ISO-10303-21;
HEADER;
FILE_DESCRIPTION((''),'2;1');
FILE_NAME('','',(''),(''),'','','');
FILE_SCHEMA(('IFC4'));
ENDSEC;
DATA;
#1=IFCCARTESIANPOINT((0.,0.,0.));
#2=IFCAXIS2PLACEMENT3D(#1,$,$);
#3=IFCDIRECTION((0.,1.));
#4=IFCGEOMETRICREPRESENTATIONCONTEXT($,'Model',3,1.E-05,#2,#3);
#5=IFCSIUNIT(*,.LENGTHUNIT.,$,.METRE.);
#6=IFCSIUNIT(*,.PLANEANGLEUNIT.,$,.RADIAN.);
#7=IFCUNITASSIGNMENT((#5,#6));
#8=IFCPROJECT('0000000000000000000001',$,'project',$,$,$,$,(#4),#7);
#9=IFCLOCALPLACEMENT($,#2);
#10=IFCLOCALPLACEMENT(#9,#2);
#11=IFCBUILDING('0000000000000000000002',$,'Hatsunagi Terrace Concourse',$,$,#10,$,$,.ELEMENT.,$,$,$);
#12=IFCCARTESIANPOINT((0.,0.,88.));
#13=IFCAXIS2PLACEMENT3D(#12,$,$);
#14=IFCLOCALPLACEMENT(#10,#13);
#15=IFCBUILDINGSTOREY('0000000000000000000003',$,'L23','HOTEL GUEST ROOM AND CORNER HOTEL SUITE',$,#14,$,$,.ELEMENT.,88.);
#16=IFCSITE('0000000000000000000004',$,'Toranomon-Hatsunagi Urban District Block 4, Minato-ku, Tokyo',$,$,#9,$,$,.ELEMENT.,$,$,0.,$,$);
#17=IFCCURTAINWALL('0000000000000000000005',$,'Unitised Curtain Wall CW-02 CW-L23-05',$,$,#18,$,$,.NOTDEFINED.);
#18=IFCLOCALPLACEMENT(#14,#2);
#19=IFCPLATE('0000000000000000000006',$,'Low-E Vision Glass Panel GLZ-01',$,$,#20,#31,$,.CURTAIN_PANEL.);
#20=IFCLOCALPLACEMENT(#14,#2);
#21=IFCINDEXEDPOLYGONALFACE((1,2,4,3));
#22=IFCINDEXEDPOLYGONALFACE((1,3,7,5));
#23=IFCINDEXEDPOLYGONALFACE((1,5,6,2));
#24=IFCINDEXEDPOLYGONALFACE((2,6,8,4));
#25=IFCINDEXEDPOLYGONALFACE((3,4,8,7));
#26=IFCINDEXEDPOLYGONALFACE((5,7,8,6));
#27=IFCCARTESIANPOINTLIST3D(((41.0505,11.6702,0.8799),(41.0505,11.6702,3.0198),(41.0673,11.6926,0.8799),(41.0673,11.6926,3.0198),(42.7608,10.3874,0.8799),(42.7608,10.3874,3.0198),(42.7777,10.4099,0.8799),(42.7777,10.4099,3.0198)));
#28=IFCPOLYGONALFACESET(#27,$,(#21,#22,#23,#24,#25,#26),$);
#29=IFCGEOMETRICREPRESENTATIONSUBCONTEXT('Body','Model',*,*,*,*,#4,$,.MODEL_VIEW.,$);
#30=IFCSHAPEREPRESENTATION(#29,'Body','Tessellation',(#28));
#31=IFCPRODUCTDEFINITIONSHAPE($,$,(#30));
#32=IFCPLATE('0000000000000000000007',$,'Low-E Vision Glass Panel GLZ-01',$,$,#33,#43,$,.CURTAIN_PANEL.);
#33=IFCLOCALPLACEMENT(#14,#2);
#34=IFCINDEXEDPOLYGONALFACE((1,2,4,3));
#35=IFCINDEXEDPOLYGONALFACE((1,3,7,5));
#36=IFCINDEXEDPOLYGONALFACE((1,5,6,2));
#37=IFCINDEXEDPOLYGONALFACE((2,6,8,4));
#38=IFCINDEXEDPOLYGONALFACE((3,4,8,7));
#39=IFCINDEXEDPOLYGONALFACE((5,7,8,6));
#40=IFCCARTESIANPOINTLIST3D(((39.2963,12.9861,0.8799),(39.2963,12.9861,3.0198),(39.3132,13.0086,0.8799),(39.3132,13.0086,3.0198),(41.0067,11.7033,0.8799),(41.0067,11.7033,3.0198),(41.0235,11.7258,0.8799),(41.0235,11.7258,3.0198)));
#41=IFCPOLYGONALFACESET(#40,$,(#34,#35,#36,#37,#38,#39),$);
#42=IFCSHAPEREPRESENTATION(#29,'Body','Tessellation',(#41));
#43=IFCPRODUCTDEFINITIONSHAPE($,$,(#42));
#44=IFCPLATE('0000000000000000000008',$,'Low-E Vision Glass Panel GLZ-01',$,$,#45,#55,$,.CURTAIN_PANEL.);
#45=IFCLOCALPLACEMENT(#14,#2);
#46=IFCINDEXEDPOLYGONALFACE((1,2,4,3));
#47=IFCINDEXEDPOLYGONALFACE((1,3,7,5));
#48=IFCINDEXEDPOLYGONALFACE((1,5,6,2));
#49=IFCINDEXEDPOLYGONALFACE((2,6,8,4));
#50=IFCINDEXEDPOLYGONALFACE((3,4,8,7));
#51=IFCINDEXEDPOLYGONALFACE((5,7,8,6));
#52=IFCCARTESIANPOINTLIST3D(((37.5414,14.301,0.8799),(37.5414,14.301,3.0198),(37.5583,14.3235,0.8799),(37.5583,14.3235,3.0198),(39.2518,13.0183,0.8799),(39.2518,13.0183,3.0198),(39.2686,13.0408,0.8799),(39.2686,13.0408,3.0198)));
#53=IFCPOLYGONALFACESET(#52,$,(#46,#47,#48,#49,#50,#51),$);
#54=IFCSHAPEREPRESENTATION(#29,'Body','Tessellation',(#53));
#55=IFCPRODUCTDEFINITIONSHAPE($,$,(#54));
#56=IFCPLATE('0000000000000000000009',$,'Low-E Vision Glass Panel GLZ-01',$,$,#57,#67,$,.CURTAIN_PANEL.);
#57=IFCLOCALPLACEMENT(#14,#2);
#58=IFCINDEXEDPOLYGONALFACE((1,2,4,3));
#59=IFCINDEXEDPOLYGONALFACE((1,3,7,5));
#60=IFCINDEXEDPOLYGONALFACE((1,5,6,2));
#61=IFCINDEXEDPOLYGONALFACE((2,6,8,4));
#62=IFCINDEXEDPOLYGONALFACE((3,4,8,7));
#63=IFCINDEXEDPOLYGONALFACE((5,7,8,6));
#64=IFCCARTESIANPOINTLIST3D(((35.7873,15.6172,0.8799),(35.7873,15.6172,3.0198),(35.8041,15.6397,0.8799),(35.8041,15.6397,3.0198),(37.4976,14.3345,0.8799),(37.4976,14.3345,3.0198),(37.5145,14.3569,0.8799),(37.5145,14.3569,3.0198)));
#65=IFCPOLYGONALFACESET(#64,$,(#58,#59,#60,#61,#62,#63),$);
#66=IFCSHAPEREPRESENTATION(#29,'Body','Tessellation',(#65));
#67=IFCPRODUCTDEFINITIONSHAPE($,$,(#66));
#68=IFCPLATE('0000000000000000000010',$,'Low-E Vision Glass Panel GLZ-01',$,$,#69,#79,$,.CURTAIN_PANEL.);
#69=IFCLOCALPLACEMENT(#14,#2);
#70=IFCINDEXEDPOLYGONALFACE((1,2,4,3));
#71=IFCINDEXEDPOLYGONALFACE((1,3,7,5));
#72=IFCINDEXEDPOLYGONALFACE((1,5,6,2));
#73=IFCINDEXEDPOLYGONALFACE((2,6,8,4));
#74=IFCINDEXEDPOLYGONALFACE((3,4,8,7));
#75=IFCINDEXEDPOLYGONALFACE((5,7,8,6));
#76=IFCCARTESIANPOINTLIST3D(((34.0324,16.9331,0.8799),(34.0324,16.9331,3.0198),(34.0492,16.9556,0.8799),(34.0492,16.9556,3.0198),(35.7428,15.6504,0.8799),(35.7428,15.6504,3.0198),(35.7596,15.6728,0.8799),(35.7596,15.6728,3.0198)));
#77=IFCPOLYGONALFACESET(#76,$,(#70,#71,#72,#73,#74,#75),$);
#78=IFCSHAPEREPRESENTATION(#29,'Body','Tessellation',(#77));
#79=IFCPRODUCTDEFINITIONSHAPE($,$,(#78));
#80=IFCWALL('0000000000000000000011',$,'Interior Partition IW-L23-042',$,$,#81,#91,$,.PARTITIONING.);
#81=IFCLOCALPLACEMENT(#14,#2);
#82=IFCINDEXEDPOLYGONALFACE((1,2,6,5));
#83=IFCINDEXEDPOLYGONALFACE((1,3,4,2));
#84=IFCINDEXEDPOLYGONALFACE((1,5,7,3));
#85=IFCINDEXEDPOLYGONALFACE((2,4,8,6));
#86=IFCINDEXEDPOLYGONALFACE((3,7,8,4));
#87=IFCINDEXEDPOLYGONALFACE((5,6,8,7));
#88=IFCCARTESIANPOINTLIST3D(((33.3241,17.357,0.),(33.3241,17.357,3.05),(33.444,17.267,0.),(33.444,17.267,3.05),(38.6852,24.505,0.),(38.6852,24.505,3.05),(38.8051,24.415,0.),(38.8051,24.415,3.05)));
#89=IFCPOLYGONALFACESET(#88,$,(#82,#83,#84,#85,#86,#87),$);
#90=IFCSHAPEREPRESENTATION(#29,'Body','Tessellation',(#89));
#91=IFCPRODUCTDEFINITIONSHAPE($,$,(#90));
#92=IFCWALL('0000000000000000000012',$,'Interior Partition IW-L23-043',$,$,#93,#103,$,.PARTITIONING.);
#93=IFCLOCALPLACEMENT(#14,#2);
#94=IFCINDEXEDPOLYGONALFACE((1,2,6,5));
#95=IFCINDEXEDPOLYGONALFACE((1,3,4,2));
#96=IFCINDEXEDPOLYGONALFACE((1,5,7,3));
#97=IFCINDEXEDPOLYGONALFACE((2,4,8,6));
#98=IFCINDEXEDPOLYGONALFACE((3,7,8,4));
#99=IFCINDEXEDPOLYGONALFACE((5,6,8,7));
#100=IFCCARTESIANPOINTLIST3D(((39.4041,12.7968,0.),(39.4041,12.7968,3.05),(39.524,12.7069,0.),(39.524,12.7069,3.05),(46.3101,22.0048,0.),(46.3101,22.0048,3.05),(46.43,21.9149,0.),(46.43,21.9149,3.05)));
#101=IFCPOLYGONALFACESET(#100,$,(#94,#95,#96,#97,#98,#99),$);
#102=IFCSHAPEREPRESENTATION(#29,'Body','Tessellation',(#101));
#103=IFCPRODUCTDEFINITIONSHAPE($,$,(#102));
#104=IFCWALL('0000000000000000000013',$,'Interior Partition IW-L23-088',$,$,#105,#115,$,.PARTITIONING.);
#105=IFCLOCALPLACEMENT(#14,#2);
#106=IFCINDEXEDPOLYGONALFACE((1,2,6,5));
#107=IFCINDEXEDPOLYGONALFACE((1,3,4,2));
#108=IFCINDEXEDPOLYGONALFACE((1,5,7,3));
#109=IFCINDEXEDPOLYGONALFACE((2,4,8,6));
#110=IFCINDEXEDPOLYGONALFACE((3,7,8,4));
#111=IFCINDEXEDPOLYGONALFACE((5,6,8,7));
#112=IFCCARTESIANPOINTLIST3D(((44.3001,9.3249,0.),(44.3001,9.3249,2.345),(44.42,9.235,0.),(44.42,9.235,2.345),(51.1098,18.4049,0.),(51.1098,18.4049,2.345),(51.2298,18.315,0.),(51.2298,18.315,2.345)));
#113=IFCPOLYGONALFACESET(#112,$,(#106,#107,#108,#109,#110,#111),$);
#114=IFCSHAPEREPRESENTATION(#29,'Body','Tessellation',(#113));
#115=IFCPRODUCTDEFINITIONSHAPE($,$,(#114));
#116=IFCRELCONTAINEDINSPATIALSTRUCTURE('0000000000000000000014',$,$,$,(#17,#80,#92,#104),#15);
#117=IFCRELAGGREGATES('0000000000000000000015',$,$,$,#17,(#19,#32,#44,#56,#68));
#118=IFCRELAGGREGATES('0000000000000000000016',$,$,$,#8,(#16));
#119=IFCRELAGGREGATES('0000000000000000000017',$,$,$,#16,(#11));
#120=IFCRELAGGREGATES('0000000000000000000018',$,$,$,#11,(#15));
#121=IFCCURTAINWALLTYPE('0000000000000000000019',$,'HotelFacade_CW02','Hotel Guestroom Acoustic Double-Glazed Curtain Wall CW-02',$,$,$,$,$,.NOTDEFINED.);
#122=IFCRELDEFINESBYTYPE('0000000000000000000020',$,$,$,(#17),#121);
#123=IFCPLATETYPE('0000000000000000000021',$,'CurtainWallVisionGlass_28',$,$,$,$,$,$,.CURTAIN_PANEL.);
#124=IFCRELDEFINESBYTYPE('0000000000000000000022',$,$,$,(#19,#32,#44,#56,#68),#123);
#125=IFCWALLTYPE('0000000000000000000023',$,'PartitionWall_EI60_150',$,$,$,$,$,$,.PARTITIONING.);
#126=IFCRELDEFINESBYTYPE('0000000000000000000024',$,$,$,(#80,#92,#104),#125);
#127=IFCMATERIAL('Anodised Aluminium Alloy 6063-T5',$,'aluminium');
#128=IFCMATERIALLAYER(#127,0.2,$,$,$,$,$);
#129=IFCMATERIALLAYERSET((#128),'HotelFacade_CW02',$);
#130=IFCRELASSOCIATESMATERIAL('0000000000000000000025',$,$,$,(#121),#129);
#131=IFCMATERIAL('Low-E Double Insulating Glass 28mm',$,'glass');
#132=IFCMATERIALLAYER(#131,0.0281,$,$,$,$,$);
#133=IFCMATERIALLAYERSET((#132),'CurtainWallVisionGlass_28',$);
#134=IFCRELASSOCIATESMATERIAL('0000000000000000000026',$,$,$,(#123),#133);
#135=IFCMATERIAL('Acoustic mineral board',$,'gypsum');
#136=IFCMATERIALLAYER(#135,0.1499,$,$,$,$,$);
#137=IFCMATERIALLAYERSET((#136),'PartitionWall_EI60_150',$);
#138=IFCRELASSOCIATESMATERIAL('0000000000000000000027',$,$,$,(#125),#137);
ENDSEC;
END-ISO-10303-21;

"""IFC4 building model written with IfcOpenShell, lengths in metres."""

from ifc_helpers import new_model, si_unit, direction, frame, frame_2d, origin, origin_2d, place, context, subcontext, project, spatial, rectangle, extrude, material, layer, layer_set, type_object, element, aggregate, save


model = new_model("IFC4")

# Units and contexts
model_context = context("Model", 3, precision=1e-05, world=origin(), true_north=direction((0.0, 1.0)))
body_context = subcontext(model_context, "Body", "Model", "MODEL_VIEW")
ifc_project = project(units=[si_unit("LENGTHUNIT", "METRE"), si_unit("PLANEANGLEUNIT", "RADIAN")], contexts=[model_context])

# Site, building, storey
site_placement = place(None, origin())
site = spatial("IfcSite", under=ifc_project, at=site_placement, Name="Toranomon-Hatsunagi Urban District Block 4, Minato-ku, Tokyo", CompositionType="ELEMENT", RefElevation=0.0)
building_placement = place(site_placement, origin())
building = spatial("IfcBuilding", under=site, at=building_placement, Name="Hatsunagi Terrace Concourse", CompositionType="ELEMENT")
storey_placement = place(building_placement, frame((0.0, 0.0, 88.0)))
storey = spatial("IfcBuildingStorey", under=building, at=storey_placement, Name="L23", Description="HOTEL GUEST ROOM AND CORNER HOTEL SUITE", CompositionType="ELEMENT", Elevation=88.0)

# Curtain wall
ifc_material_1 = material(Name="Anodised Aluminium Alloy 6063-T5", Category="aluminium")
ifc_layer_1 = layer(ifc_material_1, 0.2)
ifc_layer_set_1 = layer_set([ifc_layer_1], Name="HotelFacade_CW02")
curtain_wall_type = type_object("IfcCurtainWallType", Name="HotelFacade_CW02", Description="Hotel Guestroom Acoustic Double-Glazed Curtain Wall CW-02", PredefinedType="NOTDEFINED", material=ifc_layer_set_1)
curtain_wall_placement = place(storey_placement, origin())
curtain_wall = element("IfcCurtainWall", 1, at=curtain_wall_placement, inside=storey, type_object=curtain_wall_type, Name="Unitised Curtain Wall CW-02 CW-L23-05", PredefinedType="NOTDEFINED")

# Plates
ifc_material_2 = material(Name="Low-E Double Insulating Glass 28mm", Category="glass")
ifc_layer_2 = layer(ifc_material_2, 0.0281)
ifc_layer_set_2 = layer_set([ifc_layer_2], Name="CurtainWallVisionGlass_28")
plate_type_1 = type_object("IfcPlateType", Name="CurtainWallVisionGlass_28", PredefinedType="CURTAIN_PANEL", material=ifc_layer_set_2)
plate_1_placement = place(storey_placement, frame((41.9141, 11.04, 0.8799), z_axis=(0.0, 0.0, 1.0), x_axis=(-0.800003, 0.599996, 0.0)))
plate_1 = element("IfcPlate", 2, at=plate_1_placement, type_object=plate_type_1, Name="Low-E Vision Glass Panel GLZ-01", PredefinedType="CURTAIN_PANEL", context=body_context, shape_type="SweptSolid", body=[
    extrude(rectangle(XDim=2.1379, YDim=0.0281, at=origin_2d()), origin(), (0.0, 0.0, 1.0), 2.1399),
])
plate_2_placement = place(storey_placement, frame((40.1599, 12.356, 0.8799), z_axis=(0.0, 0.0, 1.0), x_axis=(-0.800003, 0.599996, 0.0)))
plate_2 = element("IfcPlate", 3, at=plate_2_placement, type_object=plate_type_1, Name="Low-E Vision Glass Panel GLZ-01", PredefinedType="CURTAIN_PANEL", context=body_context, shape_type="SweptSolid", body=[
    extrude(rectangle(XDim=2.1379, YDim=0.0281, at=origin_2d()), origin(), (0.0, 0.0, 1.0), 2.1399),
])
plate_3_placement = place(storey_placement, frame((38.405, 13.6709, 0.8799), z_axis=(0.0, 0.0, 1.0), x_axis=(-0.800003, 0.599996, 0.0)))
plate_3 = element("IfcPlate", 4, at=plate_3_placement, type_object=plate_type_1, Name="Low-E Vision Glass Panel GLZ-01", PredefinedType="CURTAIN_PANEL", context=body_context, shape_type="SweptSolid", body=[
    extrude(rectangle(XDim=2.1379, YDim=0.0281, at=origin_2d()), origin(), (0.0, 0.0, 1.0), 2.1399),
])
plate_4_placement = place(storey_placement, frame((36.6509, 14.9871, 0.8799), z_axis=(0.0, 0.0, 1.0), x_axis=(-0.800003, 0.599996, 0.0)))
plate_4 = element("IfcPlate", 5, at=plate_4_placement, type_object=plate_type_1, Name="Low-E Vision Glass Panel GLZ-01", PredefinedType="CURTAIN_PANEL", context=body_context, shape_type="SweptSolid", body=[
    extrude(rectangle(XDim=2.1379, YDim=0.0281, at=origin_2d()), origin(), (0.0, 0.0, 1.0), 2.1399),
])
plate_5_placement = place(storey_placement, frame((34.896, 16.303, 0.8799), z_axis=(0.0, 0.0, 1.0), x_axis=(-0.800003, 0.599996, 0.0)))
plate_5 = element("IfcPlate", 6, at=plate_5_placement, type_object=plate_type_1, Name="Low-E Vision Glass Panel GLZ-01", PredefinedType="CURTAIN_PANEL", context=body_context, shape_type="SweptSolid", body=[
    extrude(rectangle(XDim=2.1379, YDim=0.0281, at=origin_2d()), origin(), (0.0, 0.0, 1.0), 2.1399),
])
aggregate(curtain_wall, [plate_1, plate_2, plate_3, plate_4, plate_5])

# Walls
ifc_material_3 = material(Name="Acoustic mineral board", Category="gypsum")
ifc_layer_3 = layer(ifc_material_3, 0.1499)
ifc_layer_set_3 = layer_set([ifc_layer_3], Name="PartitionWall_EI60_150")
wall_type = type_object("IfcWallType", Name="PartitionWall_EI60_150", PredefinedType="PARTITIONING", material=ifc_layer_set_3)
wall_1_placement = place(storey_placement, frame((33.384, 17.312, 0.0), z_axis=(0.0, 0.0, 1.0), x_axis=(0.600009, 0.799993, 0.0)))
element("IfcWall", 7, at=wall_1_placement, inside=storey, type_object=wall_type, Name="Interior Partition IW-L23-042", PredefinedType="PARTITIONING", context=body_context, shape_type="SweptSolid", body=[
    extrude(rectangle(XDim=8.9351, YDim=0.1499, at=frame_2d((4.4675, 0.0))), origin(), (0.0, 0.0, 1.0), 3.05),
])
wall_2_placement = place(storey_placement, frame((39.4641, 12.752, 0.0), z_axis=(0.0, 0.0, 1.0), x_axis=(0.6, 0.8, 0.0)))
element("IfcWall", 8, at=wall_2_placement, inside=storey, type_object=wall_type, Name="Interior Partition IW-L23-043", PredefinedType="PARTITIONING", context=body_context, shape_type="SweptSolid", body=[
    extrude(rectangle(XDim=11.51, YDim=0.1499, at=frame_2d((5.7549, 0.0))), origin(), (0.0, 0.0, 1.0), 3.05),
])
wall_3_placement = place(storey_placement, frame((44.3601, 9.28, 0.0), z_axis=(0.0, 0.0, 1.0), x_axis=(0.599986, 0.80001, 0.0)))
element("IfcWall", 9, at=wall_3_placement, inside=storey, type_object=wall_type, Name="Interior Partition IW-L23-088", PredefinedType="PARTITIONING", context=body_context, shape_type="SweptSolid", body=[
    extrude(rectangle(XDim=11.3499, YDim=0.1499, at=frame_2d((5.6748, 0.0))), origin(), (0.0, 0.0, 1.0), 2.345),
])

save(model, "model.ifc")
